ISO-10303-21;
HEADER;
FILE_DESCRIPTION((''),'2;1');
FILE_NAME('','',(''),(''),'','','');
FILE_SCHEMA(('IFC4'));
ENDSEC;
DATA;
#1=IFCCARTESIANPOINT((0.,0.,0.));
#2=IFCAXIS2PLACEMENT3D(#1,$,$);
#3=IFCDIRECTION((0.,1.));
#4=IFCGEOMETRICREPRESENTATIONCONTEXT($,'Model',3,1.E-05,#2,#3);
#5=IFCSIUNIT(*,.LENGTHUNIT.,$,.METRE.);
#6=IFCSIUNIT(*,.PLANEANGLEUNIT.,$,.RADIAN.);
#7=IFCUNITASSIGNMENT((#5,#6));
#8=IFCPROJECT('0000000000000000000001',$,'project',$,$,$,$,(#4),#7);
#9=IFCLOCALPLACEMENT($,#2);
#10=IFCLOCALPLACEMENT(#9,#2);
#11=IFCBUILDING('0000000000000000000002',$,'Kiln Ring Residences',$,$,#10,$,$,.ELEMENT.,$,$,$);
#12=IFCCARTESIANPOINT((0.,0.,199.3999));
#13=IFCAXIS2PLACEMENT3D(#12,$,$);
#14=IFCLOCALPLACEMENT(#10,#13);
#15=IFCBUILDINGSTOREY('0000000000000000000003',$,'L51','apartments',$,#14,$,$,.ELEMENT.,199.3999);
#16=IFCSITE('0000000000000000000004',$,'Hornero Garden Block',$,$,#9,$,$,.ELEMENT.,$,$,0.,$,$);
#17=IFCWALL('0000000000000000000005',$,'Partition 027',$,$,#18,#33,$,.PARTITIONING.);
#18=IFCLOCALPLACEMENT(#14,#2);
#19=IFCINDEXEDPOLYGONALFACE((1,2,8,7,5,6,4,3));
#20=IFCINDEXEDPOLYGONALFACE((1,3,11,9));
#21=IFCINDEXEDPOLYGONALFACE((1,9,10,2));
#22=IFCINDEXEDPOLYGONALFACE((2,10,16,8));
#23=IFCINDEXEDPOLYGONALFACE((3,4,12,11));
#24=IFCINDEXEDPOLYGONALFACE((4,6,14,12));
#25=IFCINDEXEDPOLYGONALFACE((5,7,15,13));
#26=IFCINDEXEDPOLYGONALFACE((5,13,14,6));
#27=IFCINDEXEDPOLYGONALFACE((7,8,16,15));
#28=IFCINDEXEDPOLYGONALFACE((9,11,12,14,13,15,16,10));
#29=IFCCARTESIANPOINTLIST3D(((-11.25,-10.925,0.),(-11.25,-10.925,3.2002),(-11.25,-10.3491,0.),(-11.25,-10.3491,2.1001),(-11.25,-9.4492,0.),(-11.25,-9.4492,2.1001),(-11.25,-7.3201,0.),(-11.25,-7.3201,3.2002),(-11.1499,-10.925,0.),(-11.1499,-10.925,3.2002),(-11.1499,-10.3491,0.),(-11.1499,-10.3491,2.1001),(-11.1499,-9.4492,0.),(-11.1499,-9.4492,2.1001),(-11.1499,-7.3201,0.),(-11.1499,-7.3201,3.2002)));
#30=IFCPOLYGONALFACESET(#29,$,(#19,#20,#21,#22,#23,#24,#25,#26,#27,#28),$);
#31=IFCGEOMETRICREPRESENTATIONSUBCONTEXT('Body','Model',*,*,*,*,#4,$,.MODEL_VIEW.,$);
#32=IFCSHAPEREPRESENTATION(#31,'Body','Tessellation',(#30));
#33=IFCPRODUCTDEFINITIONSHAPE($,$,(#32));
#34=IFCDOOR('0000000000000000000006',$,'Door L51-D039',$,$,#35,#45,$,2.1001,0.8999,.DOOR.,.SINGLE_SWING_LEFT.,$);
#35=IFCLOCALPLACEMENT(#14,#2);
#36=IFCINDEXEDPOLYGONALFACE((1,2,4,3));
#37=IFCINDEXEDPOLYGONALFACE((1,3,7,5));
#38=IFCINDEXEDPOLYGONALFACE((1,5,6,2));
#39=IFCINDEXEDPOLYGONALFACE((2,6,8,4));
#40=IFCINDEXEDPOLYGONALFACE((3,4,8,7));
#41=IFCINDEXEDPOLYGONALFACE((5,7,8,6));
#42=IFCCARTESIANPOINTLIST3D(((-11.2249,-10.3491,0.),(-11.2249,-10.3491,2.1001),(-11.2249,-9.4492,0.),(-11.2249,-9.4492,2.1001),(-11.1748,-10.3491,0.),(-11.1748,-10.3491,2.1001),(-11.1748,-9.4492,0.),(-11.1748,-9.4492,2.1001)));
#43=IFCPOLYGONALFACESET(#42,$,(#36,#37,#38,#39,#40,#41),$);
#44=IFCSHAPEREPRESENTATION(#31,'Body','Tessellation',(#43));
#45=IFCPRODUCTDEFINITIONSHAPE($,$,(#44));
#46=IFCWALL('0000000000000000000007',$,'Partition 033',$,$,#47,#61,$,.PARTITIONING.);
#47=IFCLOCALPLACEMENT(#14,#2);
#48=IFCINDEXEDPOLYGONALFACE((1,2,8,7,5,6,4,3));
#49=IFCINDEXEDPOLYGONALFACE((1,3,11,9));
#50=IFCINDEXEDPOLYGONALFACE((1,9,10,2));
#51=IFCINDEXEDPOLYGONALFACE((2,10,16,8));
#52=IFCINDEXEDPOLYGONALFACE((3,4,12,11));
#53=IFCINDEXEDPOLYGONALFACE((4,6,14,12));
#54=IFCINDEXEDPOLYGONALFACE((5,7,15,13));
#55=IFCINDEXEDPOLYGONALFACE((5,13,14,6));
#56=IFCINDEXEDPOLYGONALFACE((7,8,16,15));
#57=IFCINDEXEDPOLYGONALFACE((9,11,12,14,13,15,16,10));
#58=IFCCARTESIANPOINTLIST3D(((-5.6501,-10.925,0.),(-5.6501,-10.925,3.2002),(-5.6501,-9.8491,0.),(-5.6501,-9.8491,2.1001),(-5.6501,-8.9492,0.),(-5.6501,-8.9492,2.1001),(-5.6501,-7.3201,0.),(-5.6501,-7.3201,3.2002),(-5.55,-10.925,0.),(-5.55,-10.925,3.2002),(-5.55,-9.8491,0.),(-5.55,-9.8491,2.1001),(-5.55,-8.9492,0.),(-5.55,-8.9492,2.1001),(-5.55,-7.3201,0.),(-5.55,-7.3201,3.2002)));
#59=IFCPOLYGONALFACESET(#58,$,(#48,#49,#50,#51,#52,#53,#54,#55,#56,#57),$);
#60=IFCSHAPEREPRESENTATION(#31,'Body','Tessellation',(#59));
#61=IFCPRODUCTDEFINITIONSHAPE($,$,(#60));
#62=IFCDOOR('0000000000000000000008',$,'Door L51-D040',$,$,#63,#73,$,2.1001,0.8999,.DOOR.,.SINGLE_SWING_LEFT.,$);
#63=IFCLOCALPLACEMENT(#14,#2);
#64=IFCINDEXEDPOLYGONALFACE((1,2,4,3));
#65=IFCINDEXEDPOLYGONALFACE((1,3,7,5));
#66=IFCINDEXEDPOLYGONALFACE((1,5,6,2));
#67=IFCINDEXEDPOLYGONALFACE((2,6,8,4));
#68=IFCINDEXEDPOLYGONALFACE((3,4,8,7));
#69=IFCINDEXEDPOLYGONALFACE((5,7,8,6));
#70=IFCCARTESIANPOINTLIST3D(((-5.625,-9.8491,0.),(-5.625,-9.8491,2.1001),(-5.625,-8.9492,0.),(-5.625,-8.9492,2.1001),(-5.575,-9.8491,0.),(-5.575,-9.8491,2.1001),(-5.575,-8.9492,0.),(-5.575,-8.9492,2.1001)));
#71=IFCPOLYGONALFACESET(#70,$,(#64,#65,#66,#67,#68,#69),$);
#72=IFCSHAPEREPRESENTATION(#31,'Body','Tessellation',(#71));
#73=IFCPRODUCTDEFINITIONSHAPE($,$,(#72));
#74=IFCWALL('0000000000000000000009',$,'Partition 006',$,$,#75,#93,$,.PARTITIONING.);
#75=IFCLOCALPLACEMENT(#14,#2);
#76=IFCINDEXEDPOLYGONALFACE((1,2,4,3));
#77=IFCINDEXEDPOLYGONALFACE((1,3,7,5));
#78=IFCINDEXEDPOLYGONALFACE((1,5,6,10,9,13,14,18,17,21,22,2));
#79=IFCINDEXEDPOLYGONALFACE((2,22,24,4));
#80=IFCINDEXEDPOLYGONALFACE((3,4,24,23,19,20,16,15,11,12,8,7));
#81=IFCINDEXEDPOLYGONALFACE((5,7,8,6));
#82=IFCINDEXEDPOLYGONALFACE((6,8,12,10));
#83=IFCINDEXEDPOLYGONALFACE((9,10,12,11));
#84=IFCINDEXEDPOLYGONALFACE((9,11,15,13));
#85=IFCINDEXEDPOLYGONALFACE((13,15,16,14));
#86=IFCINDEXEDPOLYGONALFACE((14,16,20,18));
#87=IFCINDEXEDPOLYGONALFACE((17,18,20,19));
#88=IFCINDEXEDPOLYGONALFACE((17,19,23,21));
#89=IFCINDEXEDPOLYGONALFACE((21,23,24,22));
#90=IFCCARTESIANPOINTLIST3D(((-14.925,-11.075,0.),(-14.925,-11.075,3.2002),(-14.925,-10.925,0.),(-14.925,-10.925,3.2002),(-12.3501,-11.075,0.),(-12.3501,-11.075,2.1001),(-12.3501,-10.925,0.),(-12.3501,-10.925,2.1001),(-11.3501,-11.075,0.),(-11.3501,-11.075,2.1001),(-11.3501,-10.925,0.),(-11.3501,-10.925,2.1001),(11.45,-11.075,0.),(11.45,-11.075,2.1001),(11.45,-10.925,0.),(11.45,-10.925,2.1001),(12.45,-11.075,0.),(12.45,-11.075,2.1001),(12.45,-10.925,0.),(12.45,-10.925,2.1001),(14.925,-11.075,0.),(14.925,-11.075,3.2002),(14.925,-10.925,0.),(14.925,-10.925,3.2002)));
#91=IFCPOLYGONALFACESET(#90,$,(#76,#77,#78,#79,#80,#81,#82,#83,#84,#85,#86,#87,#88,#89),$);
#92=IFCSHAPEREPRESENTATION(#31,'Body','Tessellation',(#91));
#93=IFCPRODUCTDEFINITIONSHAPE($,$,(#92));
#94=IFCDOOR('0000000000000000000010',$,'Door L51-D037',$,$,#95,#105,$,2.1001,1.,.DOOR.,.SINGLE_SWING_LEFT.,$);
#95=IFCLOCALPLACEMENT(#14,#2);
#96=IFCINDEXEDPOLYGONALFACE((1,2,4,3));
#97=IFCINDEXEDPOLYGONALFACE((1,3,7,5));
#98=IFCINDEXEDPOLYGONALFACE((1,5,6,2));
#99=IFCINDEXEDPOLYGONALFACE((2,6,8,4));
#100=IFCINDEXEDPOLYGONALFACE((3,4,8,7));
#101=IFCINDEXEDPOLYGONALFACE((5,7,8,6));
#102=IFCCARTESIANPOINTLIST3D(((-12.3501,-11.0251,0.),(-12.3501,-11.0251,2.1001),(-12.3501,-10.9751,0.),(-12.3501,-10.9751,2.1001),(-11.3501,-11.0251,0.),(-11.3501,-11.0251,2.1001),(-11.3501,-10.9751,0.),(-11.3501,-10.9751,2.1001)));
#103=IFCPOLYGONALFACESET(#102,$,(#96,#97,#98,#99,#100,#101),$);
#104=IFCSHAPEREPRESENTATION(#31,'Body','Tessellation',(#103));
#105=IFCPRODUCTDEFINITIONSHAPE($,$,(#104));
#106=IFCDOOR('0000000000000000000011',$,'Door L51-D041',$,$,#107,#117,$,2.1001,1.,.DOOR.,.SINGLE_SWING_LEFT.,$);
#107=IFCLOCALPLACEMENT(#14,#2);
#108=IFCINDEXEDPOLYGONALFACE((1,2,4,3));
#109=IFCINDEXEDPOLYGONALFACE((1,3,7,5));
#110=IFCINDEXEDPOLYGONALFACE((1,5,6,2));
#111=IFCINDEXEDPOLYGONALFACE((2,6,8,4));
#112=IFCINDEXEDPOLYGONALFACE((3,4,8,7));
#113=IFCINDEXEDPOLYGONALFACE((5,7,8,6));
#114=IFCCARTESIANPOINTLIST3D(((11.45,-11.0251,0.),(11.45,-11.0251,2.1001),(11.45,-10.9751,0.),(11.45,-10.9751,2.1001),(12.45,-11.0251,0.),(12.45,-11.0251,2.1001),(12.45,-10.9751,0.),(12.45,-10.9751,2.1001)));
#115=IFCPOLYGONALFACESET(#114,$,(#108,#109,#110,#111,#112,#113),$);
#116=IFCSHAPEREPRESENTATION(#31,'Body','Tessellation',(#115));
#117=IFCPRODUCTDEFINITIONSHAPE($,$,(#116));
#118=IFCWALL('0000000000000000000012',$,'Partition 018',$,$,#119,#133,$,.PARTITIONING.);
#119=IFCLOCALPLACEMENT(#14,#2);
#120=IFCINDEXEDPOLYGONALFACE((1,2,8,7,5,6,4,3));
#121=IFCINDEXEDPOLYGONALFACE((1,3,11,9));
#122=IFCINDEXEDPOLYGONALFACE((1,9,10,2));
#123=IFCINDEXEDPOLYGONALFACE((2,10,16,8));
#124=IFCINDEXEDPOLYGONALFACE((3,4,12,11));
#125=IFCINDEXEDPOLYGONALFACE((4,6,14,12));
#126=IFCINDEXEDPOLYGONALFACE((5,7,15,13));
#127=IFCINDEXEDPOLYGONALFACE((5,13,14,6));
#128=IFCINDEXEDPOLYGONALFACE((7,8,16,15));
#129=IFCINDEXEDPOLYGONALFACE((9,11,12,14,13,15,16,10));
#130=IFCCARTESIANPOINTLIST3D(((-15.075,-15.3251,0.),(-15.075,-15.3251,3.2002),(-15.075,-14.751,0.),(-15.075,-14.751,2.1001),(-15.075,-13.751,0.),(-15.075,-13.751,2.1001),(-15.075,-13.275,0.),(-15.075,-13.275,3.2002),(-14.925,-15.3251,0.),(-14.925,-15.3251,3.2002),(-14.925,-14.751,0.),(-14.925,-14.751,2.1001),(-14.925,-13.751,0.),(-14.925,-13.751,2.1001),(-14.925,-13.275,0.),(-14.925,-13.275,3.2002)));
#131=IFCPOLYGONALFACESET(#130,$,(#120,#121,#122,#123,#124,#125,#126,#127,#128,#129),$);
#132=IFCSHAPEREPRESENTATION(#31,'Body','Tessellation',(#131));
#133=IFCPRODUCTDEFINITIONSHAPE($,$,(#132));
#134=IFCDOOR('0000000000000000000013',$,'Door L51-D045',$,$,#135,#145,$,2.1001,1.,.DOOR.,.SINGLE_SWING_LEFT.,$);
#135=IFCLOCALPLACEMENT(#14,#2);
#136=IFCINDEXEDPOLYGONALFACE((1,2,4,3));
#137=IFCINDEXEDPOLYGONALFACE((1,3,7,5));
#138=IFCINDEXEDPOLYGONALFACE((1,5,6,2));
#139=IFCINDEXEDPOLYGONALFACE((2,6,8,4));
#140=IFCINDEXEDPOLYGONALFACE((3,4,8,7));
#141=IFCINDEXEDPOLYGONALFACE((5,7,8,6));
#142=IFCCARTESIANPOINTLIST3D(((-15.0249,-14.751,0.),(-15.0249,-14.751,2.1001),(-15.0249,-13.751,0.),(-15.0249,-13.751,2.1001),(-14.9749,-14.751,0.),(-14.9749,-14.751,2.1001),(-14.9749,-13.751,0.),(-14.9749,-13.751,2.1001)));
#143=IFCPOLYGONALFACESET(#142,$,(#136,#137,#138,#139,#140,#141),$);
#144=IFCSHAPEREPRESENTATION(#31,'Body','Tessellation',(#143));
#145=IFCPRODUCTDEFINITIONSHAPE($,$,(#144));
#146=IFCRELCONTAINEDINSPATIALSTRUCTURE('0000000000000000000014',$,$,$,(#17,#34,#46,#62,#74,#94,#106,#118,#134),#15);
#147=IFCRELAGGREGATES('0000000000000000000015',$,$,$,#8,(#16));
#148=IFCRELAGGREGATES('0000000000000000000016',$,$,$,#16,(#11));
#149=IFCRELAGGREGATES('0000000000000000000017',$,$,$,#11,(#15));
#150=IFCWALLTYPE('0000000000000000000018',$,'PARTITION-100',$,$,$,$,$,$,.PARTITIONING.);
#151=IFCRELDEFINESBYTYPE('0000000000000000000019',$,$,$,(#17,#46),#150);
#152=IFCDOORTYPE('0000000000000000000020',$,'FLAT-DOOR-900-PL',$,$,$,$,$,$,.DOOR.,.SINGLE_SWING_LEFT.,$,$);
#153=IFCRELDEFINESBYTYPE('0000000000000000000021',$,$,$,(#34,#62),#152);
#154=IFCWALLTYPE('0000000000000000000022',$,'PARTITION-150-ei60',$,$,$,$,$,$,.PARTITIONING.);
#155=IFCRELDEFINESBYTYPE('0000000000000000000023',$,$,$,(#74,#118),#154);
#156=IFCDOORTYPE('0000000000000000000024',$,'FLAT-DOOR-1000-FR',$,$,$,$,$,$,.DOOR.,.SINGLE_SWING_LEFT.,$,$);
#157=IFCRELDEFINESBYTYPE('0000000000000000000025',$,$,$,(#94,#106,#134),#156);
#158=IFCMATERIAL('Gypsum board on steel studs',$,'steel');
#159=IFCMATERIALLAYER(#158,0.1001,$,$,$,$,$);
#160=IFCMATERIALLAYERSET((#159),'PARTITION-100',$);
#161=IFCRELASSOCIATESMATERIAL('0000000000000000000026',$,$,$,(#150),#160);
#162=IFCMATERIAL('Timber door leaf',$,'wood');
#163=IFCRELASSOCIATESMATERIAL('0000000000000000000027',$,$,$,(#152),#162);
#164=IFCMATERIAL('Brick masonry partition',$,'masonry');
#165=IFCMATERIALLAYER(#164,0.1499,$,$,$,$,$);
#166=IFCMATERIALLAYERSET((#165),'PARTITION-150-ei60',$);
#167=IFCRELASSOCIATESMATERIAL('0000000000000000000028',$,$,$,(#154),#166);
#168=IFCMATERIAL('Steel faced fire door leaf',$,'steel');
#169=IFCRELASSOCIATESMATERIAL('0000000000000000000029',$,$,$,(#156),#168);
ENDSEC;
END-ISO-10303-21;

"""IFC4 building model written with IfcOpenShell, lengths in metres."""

from ifc_helpers import new_model, si_unit, direction, frame, frame_2d, origin, place, context, subcontext, project, spatial, rectangle, extrude, material, layer, layer_set, type_object, element, fill, save


model = new_model("IFC4")

# Units and contexts
model_context = context("Model", 3, precision=1e-05, world=origin(), true_north=direction((0.0, 1.0)))
body_context = subcontext(model_context, "Body", "Model", "MODEL_VIEW")
ifc_project = project(units=[si_unit("LENGTHUNIT", "METRE"), si_unit("PLANEANGLEUNIT", "RADIAN")], contexts=[model_context])

# Site, building, storey
site_placement = place(None, origin())
site = spatial("IfcSite", under=ifc_project, at=site_placement, Name="Hornero Garden Block", CompositionType="ELEMENT", RefElevation=0.0)
building_placement = place(site_placement, origin())
building = spatial("IfcBuilding", under=site, at=building_placement, Name="Kiln Ring Residences", CompositionType="ELEMENT")
storey_placement = place(building_placement, frame((0.0, 0.0, 199.3999)))
storey = spatial("IfcBuildingStorey", under=building, at=storey_placement, Name="L51", Description="apartments", CompositionType="ELEMENT", Elevation=199.3999)

# Walls, openings, doors
ifc_material_1 = material(Name="Gypsum board on steel studs", Category="steel")
ifc_layer_1 = layer(ifc_material_1, 0.1001)
ifc_layer_set_1 = layer_set([ifc_layer_1], Name="PARTITION-100")
wall_type_1 = type_object("IfcWallType", Name="PARTITION-100", PredefinedType="PARTITIONING", material=ifc_layer_set_1)
wall_1_placement = place(storey_placement, frame((-11.2, -10.925, 0.0), z_axis=(0.0, 0.0, 1.0), x_axis=(0.0, 1.0, 0.0)))
wall_1 = element("IfcWall", 1, at=wall_1_placement, inside=storey, type_object=wall_type_1, Name="Partition 027", PredefinedType="PARTITIONING", context=body_context, shape_type="SweptSolid", body=[
    extrude(rectangle(XDim=3.605, YDim=0.1001, at=frame_2d((1.8025, 0.0))), origin(), (0.0, 0.0, 1.0), 3.2002),
])
opening_1_placement = place(wall_1_placement, frame((0.5759, 0.0, 0.0)))
opening_1 = element("IfcOpeningElement", 2, at=opening_1_placement, cuts=wall_1, PredefinedType="OPENING", context=body_context, shape_type="SweptSolid", body=[
    extrude(rectangle(XDim=0.8999, YDim=2.1001, at=frame_2d((0.45, 1.05))), frame((0.0, 0.0601, 0.0), z_axis=(0.0, -1.0, 0.0), x_axis=(1.0, 0.0, 0.0)), (0.0, 0.0, 1.0), 0.1201),
])
ifc_material_2 = material(Name="Timber door leaf", Category="wood")
door_type_1 = type_object("IfcDoorType", Name="FLAT-DOOR-900-PL", OperationType="SINGLE_SWING_LEFT", PredefinedType="DOOR", material=ifc_material_2)
door_1_placement = place(opening_1_placement, origin())
door_1 = element("IfcDoor", 3, at=door_1_placement, inside=storey, type_object=door_type_1, Name="Door L51-D039", OperationType="SINGLE_SWING_LEFT", OverallHeight=2.1001, OverallWidth=0.8999, PredefinedType="DOOR", context=body_context, shape_type="SweptSolid", body=[
    extrude(rectangle(XDim=0.8999, YDim=2.1001, at=frame_2d((0.45, 1.05))), frame((0.0, 0.0249, 0.0), z_axis=(0.0, -1.0, 0.0), x_axis=(1.0, 0.0, 0.0)), (0.0, 0.0, 1.0), 0.05),
])
fill(opening_1, door_1)
wall_2_placement = place(storey_placement, frame((-5.6001, -10.925, 0.0), z_axis=(0.0, 0.0, 1.0), x_axis=(0.0, 1.0, 0.0)))
wall_2 = element("IfcWall", 4, at=wall_2_placement, inside=storey, type_object=wall_type_1, Name="Partition 033", PredefinedType="PARTITIONING", context=body_context, shape_type="SweptSolid", body=[
    extrude(rectangle(XDim=3.605, YDim=0.1001, at=frame_2d((1.8025, 0.0))), origin(), (0.0, 0.0, 1.0), 3.2002),
])
opening_2_placement = place(wall_2_placement, frame((1.0759, 0.0, 0.0)))
opening_2 = element("IfcOpeningElement", 5, at=opening_2_placement, cuts=wall_2, PredefinedType="OPENING", context=body_context, shape_type="SweptSolid", body=[
    extrude(rectangle(XDim=0.8999, YDim=2.1001, at=frame_2d((0.45, 1.05))), frame((0.0, 0.0601, 0.0), z_axis=(0.0, -1.0, 0.0), x_axis=(1.0, 0.0, 0.0)), (0.0, 0.0, 1.0), 0.1201),
])
door_2_placement = place(opening_2_placement, origin())
door_2 = element("IfcDoor", 6, at=door_2_placement, inside=storey, type_object=door_type_1, Name="Door L51-D040", OperationType="SINGLE_SWING_LEFT", OverallHeight=2.1001, OverallWidth=0.8999, PredefinedType="DOOR", context=body_context, shape_type="SweptSolid", body=[
    extrude(rectangle(XDim=0.8999, YDim=2.1001, at=frame_2d((0.45, 1.05))), frame((0.0, 0.0249, 0.0), z_axis=(0.0, -1.0, 0.0), x_axis=(1.0, 0.0, 0.0)), (0.0, 0.0, 1.0), 0.05),
])
fill(opening_2, door_2)

# Wall, openings, doors
ifc_material_3 = material(Name="Brick masonry partition", Category="masonry")
ifc_layer_2 = layer(ifc_material_3, 0.1499)
ifc_layer_set_2 = layer_set([ifc_layer_2], Name="PARTITION-150-ei60")
wall_type_2 = type_object("IfcWallType", Name="PARTITION-150-ei60", PredefinedType="PARTITIONING", material=ifc_layer_set_2)
wall_3_placement = place(storey_placement, frame((-14.925, -11.0, 0.0), z_axis=(0.0, 0.0, 1.0), x_axis=(1.0, 0.0, 0.0)))
wall_3 = element("IfcWall", 7, at=wall_3_placement, inside=storey, type_object=wall_type_2, Name="Partition 006", PredefinedType="PARTITIONING", context=body_context, shape_type="SweptSolid", body=[
    extrude(rectangle(XDim=29.8501, YDim=0.1499, at=frame_2d((14.925, 0.0))), origin(), (0.0, 0.0, 1.0), 3.2002),
])
opening_3_placement = place(wall_3_placement, frame((2.575, 0.0, 0.0)))
opening_3 = element("IfcOpeningElement", 8, at=opening_3_placement, cuts=wall_3, PredefinedType="OPENING", context=body_context, shape_type="SweptSolid", body=[
    extrude(rectangle(XDim=1.0, YDim=2.1001, at=frame_2d((0.5, 1.05))), frame((0.0, 0.085, 0.0), z_axis=(0.0, -1.0, 0.0), x_axis=(1.0, 0.0, 0.0)), (0.0, 0.0, 1.0), 0.1699),
])
opening_4_placement = place(wall_3_placement, frame((26.375, 0.0, 0.0)))
opening_4 = element("IfcOpeningElement", 9, at=opening_4_placement, cuts=wall_3, PredefinedType="OPENING", context=body_context, shape_type="SweptSolid", body=[
    extrude(rectangle(XDim=1.0, YDim=2.1001, at=frame_2d((0.5, 1.05))), frame((0.0, 0.085, 0.0), z_axis=(0.0, -1.0, 0.0), x_axis=(1.0, 0.0, 0.0)), (0.0, 0.0, 1.0), 0.1699),
])
ifc_material_4 = material(Name="Steel faced fire door leaf", Category="steel")
door_type_2 = type_object("IfcDoorType", Name="FLAT-DOOR-1000-FR", OperationType="SINGLE_SWING_LEFT", PredefinedType="DOOR", material=ifc_material_4)
door_3_placement = place(opening_3_placement, origin())
door_3 = element("IfcDoor", 10, at=door_3_placement, inside=storey, type_object=door_type_2, Name="Door L51-D037", OperationType="SINGLE_SWING_LEFT", OverallHeight=2.1001, OverallWidth=1.0, PredefinedType="DOOR", context=body_context, shape_type="SweptSolid", body=[
    extrude(rectangle(XDim=1.0, YDim=2.1001, at=frame_2d((0.5, 1.05))), frame((0.0, 0.0249, 0.0), z_axis=(0.0, -1.0, 0.0), x_axis=(1.0, 0.0, 0.0)), (0.0, 0.0, 1.0), 0.05),
])
fill(opening_3, door_3)
door_4_placement = place(opening_4_placement, origin())
door_4 = element("IfcDoor", 11, at=door_4_placement, inside=storey, type_object=door_type_2, Name="Door L51-D041", OperationType="SINGLE_SWING_LEFT", OverallHeight=2.1001, OverallWidth=1.0, PredefinedType="DOOR", context=body_context, shape_type="SweptSolid", body=[
    extrude(rectangle(XDim=1.0, YDim=2.1001, at=frame_2d((0.5, 1.05))), frame((0.0, 0.0249, 0.0), z_axis=(0.0, -1.0, 0.0), x_axis=(1.0, 0.0, 0.0)), (0.0, 0.0, 1.0), 0.05),
])
fill(opening_4, door_4)

# Wall, opening, door
wall_4_placement = place(storey_placement, frame((-15.0, -15.325, 0.0), z_axis=(0.0, 0.0, 1.0), x_axis=(0.0, 1.0, 0.0)))
wall_4 = element("IfcWall", 12, at=wall_4_placement, inside=storey, type_object=wall_type_2, Name="Partition 018", PredefinedType="PARTITIONING", context=body_context, shape_type="SweptSolid", body=[
    extrude(rectangle(XDim=2.05, YDim=0.1499, at=frame_2d((1.0249, 0.0))), origin(), (0.0, 0.0, 1.0), 3.2002),
])
opening_5_placement = place(wall_4_placement, frame((0.574, 0.0, 0.0)))
opening_5 = element("IfcOpeningElement", 13, at=opening_5_placement, cuts=wall_4, PredefinedType="OPENING", context=body_context, shape_type="SweptSolid", body=[
    extrude(rectangle(XDim=1.0, YDim=2.1001, at=frame_2d((0.5, 1.05))), frame((0.0, 0.085, 0.0), z_axis=(0.0, -1.0, 0.0), x_axis=(1.0, 0.0, 0.0)), (0.0, 0.0, 1.0), 0.1699),
])
door_5_placement = place(opening_5_placement, origin())
door_5 = element("IfcDoor", 14, at=door_5_placement, inside=storey, type_object=door_type_2, Name="Door L51-D045", OperationType="SINGLE_SWING_LEFT", OverallHeight=2.1001, OverallWidth=1.0, PredefinedType="DOOR", context=body_context, shape_type="SweptSolid", body=[
    extrude(rectangle(XDim=1.0, YDim=2.1001, at=frame_2d((0.5, 1.05))), frame((0.0, 0.0249, 0.0), z_axis=(0.0, -1.0, 0.0), x_axis=(1.0, 0.0, 0.0)), (0.0, 0.0, 1.0), 0.05),
])
fill(opening_5, door_5)

save(model, "model.ifc")
